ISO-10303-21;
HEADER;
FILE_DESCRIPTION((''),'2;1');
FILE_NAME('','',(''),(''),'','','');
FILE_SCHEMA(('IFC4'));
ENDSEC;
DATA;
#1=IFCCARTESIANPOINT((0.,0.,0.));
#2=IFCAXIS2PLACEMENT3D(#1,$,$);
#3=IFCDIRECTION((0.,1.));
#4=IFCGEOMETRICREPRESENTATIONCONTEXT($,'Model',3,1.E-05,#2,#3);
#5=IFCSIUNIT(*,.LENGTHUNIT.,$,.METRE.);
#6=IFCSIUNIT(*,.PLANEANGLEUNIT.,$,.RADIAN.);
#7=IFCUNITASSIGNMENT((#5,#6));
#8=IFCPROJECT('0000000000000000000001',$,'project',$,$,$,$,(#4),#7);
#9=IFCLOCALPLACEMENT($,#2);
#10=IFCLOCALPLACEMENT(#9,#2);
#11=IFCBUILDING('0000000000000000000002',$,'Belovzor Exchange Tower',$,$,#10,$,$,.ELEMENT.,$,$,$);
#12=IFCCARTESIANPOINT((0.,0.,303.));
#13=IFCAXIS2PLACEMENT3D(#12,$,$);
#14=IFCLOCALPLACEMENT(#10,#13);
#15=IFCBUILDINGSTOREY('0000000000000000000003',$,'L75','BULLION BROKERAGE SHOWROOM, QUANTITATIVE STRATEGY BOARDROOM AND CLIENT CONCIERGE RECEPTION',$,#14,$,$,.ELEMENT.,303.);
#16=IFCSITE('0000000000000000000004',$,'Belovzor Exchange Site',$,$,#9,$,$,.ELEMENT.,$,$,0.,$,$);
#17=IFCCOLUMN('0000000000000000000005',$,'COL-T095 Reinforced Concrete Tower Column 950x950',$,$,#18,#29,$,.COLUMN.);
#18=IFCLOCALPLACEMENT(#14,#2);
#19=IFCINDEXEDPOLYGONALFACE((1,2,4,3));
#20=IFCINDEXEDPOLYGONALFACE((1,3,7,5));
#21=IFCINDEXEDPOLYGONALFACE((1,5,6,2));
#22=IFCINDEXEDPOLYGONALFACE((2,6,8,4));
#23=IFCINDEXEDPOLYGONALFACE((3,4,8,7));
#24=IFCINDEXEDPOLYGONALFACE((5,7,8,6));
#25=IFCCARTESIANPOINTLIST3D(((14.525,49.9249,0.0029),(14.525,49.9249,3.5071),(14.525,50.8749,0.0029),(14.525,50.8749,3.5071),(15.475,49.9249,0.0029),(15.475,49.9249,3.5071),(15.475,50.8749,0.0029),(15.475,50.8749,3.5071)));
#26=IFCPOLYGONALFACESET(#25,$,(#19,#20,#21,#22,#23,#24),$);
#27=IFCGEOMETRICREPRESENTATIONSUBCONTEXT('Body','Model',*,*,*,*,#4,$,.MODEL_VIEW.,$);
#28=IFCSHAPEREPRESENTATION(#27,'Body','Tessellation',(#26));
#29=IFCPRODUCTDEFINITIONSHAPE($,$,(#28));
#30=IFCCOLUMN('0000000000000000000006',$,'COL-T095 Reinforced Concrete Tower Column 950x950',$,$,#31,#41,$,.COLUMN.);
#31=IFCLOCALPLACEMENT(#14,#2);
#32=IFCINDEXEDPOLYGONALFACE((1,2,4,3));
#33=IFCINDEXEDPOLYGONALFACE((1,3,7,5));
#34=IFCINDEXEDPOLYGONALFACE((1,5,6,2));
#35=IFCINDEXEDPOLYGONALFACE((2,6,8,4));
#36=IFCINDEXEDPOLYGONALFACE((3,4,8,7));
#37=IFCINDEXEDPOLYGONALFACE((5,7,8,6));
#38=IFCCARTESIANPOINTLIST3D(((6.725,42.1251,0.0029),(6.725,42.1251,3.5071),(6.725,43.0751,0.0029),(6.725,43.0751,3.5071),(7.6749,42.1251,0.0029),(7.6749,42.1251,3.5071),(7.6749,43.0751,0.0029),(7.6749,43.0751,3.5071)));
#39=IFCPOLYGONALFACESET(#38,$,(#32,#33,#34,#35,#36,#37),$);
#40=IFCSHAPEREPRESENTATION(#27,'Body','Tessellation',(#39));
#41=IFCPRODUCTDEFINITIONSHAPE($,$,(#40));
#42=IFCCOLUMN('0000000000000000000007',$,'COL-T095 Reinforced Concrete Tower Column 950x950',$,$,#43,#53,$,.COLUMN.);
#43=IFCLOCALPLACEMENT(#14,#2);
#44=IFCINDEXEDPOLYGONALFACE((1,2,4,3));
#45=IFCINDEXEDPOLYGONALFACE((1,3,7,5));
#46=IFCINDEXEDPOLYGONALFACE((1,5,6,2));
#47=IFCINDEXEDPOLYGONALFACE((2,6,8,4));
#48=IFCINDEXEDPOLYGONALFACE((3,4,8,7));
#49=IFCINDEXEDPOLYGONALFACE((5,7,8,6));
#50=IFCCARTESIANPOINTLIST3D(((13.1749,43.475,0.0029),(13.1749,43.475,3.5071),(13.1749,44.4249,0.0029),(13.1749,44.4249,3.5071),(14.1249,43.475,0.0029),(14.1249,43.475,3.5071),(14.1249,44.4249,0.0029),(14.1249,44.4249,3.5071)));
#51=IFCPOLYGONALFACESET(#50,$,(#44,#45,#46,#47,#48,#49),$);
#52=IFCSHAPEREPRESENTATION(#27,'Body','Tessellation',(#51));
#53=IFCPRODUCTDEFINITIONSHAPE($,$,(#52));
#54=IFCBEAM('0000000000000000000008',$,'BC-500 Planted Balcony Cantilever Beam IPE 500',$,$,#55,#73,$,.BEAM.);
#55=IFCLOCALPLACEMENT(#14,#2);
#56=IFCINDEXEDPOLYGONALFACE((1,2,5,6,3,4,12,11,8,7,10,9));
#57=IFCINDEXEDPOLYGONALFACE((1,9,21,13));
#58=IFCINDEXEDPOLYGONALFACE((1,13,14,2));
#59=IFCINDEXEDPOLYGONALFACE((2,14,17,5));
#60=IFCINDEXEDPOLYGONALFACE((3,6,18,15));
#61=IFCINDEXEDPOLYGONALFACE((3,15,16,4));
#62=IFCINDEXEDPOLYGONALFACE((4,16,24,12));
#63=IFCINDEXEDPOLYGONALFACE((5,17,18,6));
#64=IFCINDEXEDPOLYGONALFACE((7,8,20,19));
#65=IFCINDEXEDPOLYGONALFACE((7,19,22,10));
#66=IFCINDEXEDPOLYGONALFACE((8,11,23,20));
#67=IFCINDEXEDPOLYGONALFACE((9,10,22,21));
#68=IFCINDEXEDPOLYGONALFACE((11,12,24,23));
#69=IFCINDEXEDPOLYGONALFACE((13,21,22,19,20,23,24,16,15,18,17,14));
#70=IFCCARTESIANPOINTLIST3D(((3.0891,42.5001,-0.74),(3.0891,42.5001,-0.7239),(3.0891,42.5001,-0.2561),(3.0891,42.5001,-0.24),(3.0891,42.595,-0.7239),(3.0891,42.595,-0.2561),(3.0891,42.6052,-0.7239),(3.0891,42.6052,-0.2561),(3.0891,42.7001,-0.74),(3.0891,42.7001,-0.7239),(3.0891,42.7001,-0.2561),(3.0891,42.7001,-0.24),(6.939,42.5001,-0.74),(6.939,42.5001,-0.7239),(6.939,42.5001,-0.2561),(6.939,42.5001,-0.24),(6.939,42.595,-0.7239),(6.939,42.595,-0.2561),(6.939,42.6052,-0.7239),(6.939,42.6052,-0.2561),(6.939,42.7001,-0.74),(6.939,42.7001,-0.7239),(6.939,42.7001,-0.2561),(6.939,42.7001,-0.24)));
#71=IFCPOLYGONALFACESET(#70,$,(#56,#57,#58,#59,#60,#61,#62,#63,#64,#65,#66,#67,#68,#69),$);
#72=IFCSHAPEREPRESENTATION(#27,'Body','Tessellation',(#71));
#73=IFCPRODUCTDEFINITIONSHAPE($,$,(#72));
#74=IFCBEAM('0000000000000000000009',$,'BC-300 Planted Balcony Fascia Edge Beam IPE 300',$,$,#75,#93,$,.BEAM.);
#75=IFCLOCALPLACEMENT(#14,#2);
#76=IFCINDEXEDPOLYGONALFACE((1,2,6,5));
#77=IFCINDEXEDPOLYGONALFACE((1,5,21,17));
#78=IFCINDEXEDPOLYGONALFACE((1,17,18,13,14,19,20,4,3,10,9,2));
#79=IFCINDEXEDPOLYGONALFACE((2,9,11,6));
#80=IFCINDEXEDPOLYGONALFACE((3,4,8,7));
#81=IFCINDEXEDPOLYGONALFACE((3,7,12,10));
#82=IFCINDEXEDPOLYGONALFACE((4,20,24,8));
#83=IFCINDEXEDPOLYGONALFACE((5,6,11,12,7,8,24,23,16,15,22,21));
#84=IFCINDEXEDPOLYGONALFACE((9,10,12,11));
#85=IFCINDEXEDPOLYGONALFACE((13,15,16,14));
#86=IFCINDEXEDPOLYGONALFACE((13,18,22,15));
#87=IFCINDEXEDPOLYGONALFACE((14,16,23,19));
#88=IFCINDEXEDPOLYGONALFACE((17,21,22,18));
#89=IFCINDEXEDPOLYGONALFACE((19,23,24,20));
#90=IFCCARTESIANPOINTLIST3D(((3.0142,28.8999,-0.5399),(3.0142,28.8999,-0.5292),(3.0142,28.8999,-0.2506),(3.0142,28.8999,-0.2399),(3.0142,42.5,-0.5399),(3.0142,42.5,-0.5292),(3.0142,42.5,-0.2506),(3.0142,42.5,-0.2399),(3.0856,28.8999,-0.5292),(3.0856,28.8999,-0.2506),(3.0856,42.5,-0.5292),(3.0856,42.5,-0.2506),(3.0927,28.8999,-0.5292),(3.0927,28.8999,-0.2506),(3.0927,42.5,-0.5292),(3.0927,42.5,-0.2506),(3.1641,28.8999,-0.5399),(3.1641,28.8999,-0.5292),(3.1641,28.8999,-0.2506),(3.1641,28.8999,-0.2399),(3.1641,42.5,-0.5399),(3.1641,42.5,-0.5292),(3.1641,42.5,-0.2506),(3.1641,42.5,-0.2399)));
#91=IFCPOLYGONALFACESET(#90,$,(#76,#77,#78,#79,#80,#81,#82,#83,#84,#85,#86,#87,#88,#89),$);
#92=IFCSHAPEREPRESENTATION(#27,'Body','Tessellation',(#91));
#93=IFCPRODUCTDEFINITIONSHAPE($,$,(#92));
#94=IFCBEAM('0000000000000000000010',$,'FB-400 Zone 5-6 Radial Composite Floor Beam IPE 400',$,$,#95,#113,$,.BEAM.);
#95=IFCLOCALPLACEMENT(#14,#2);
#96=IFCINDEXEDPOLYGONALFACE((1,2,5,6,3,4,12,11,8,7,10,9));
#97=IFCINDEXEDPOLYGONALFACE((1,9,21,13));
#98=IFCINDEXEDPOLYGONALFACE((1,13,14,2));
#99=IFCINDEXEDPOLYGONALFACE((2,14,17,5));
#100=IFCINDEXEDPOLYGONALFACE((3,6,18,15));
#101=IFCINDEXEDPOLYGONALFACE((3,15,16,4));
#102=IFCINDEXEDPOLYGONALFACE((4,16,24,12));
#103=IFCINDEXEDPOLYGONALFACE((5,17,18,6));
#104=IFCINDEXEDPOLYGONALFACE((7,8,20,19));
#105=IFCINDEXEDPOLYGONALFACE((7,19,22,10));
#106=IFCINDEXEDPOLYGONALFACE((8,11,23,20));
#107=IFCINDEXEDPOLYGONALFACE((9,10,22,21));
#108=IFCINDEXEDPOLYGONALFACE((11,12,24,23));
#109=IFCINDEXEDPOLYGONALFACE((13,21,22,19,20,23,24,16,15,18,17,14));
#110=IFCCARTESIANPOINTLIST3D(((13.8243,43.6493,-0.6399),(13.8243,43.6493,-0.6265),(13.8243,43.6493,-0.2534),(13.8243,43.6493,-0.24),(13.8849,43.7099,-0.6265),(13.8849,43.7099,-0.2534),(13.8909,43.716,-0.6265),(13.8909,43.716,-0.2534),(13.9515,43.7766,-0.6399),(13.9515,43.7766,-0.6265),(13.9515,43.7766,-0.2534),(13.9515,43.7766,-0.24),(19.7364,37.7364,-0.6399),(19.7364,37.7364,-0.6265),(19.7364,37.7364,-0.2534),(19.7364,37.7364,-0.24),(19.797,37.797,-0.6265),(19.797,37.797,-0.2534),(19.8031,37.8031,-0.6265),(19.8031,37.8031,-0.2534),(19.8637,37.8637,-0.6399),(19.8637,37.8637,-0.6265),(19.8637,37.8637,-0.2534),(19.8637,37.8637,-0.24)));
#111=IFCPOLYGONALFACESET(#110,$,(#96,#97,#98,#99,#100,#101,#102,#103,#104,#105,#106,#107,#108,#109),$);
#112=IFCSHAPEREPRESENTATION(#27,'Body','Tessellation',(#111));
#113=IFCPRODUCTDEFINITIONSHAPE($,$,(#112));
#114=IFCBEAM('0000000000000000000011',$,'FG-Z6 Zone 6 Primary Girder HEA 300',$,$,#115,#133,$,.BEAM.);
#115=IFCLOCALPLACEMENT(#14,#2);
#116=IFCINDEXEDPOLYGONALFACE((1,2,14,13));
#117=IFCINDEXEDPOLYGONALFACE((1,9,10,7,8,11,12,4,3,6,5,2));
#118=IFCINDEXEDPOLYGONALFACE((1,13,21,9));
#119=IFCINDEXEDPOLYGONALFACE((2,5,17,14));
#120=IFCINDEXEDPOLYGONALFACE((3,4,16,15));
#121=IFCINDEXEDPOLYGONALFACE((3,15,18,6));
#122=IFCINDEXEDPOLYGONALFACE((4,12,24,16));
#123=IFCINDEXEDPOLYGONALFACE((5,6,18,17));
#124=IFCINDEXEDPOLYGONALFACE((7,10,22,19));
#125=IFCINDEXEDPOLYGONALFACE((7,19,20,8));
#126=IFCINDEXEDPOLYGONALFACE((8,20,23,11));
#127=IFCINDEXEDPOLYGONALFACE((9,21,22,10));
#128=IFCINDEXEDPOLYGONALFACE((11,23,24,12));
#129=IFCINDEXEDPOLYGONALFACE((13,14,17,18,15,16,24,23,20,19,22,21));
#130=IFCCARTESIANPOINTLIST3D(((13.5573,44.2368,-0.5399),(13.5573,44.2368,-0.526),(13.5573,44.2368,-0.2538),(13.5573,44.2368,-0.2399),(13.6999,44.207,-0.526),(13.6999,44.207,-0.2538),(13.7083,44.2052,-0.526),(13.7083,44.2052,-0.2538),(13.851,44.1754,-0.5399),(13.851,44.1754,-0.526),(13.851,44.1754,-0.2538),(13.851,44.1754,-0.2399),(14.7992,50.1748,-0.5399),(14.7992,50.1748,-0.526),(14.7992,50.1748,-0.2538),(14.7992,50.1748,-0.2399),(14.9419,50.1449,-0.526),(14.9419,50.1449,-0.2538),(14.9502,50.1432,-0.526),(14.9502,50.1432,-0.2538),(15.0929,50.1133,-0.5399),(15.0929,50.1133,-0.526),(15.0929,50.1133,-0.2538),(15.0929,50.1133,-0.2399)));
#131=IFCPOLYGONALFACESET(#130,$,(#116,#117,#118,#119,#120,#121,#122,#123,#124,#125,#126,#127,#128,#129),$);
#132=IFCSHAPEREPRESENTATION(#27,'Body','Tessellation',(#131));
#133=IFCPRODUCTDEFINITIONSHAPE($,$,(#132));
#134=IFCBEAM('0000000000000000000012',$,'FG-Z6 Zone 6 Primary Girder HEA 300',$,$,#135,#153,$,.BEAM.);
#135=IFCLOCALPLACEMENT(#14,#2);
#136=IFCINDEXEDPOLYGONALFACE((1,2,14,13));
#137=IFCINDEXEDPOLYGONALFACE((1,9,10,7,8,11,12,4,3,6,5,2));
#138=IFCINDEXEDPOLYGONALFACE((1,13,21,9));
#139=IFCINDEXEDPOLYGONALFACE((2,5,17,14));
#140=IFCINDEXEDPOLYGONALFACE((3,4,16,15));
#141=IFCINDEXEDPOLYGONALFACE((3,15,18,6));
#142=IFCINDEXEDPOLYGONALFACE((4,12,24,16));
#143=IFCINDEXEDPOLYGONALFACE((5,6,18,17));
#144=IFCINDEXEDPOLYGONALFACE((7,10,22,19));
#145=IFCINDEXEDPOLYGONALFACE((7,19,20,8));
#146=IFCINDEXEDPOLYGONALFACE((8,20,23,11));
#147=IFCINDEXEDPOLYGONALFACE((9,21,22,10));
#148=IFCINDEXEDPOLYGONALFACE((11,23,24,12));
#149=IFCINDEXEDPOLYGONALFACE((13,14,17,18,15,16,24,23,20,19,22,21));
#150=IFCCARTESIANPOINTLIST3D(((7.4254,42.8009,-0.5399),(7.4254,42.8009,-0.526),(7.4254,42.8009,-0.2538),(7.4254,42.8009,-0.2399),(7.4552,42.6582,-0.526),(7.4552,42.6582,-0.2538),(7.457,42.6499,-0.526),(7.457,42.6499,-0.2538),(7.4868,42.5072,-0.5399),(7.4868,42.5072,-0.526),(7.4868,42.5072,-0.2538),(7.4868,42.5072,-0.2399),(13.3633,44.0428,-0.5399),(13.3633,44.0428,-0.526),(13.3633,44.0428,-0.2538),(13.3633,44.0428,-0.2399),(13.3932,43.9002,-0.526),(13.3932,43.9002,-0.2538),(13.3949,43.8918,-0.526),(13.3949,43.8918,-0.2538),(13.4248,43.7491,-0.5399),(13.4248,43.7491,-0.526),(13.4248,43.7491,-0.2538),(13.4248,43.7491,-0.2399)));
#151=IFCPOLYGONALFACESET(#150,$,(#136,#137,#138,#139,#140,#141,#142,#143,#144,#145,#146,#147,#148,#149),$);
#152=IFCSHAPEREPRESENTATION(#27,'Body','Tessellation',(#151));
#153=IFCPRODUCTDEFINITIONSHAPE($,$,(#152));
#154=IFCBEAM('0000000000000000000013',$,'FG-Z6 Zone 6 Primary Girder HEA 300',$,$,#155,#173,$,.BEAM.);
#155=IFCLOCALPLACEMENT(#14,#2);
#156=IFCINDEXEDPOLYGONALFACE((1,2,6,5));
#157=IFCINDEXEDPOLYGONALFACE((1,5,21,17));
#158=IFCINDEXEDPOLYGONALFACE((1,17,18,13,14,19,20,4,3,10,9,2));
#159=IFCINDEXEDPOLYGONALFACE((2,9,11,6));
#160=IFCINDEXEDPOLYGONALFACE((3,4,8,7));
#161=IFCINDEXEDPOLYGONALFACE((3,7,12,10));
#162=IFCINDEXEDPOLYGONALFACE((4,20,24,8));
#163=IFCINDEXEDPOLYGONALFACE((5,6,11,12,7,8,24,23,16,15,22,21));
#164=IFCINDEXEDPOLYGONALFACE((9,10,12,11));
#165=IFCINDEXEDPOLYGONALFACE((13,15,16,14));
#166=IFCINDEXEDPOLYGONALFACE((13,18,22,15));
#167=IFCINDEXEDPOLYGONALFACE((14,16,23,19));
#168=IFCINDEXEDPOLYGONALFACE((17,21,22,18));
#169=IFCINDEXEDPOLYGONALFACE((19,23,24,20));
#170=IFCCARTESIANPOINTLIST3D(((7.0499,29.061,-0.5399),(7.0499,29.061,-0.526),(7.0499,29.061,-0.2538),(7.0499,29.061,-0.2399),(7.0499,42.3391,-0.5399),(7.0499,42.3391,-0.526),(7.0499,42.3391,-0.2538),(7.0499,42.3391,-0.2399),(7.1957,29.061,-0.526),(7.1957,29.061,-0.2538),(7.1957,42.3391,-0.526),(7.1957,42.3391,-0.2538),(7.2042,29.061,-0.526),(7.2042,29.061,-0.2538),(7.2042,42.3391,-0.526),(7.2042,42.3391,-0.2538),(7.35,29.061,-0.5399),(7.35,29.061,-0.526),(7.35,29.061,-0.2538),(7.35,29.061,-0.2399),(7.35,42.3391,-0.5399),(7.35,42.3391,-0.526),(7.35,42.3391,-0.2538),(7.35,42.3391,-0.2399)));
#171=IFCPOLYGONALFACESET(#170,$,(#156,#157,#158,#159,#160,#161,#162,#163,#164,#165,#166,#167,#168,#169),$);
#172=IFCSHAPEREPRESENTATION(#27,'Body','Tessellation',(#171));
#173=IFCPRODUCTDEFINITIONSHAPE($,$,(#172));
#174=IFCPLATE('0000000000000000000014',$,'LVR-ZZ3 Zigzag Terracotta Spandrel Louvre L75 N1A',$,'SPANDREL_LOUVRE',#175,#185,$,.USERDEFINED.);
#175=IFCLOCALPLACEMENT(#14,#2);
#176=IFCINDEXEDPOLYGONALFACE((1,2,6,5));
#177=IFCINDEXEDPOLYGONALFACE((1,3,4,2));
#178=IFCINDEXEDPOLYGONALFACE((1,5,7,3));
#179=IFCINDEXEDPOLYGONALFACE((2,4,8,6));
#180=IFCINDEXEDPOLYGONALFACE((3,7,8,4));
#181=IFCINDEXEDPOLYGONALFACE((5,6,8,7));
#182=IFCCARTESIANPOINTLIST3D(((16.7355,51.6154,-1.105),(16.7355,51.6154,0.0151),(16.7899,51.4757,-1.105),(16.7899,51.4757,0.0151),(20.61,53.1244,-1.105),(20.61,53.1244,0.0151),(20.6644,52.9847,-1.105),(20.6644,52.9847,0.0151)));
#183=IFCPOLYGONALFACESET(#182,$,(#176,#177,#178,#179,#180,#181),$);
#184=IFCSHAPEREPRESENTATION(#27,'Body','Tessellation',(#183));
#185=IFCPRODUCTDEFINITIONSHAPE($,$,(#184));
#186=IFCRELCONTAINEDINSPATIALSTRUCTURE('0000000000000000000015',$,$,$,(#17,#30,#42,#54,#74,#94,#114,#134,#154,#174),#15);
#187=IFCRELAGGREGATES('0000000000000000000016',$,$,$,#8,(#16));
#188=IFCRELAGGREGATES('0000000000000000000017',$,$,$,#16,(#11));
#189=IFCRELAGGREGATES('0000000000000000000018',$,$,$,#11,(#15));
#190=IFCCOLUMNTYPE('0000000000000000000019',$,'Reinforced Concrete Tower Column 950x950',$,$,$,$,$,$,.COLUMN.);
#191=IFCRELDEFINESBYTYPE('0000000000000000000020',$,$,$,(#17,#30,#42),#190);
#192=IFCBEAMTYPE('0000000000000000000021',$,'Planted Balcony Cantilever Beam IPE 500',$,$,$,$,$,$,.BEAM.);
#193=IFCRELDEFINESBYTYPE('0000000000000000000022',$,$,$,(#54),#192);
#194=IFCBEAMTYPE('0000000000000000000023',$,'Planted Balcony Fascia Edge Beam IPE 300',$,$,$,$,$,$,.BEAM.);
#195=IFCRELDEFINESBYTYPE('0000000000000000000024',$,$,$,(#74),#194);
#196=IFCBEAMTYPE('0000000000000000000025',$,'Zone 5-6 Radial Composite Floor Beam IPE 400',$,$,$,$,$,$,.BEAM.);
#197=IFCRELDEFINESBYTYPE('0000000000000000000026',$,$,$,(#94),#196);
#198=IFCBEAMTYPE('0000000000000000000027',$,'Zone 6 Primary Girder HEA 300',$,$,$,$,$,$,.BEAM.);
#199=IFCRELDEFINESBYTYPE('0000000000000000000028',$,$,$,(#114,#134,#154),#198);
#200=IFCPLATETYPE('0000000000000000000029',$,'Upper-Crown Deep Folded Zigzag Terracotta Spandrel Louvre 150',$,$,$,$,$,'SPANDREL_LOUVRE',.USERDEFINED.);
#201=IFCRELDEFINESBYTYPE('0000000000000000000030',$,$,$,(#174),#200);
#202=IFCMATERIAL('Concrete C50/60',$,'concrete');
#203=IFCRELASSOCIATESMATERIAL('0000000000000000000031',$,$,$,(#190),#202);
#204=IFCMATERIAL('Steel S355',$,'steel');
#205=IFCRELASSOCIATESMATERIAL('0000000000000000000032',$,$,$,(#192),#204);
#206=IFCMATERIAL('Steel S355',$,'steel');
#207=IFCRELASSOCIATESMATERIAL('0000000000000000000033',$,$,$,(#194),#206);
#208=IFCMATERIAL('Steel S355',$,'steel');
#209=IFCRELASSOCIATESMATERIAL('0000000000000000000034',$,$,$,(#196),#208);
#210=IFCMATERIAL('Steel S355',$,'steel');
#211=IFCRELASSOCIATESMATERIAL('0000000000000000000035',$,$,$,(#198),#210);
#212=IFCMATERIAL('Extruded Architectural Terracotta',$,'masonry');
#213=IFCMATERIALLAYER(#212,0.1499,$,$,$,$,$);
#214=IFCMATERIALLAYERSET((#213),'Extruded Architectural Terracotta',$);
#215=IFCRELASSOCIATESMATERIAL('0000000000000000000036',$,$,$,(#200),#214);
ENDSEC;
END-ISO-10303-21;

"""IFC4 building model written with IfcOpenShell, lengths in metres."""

from ifc_helpers import new_model, si_unit, direction, frame, origin, origin_2d, place, context, subcontext, project, spatial, rectangle, i_section, extrude, material, layer, layer_set, material_profile, profile_set, type_object, element, save


model = new_model("IFC4")

# Units and contexts
model_context = context("Model", 3, precision=1e-05, world=origin(), true_north=direction((0.0, 1.0)))
body_context = subcontext(model_context, "Body", "Model", "MODEL_VIEW")
ifc_project = project(units=[si_unit("LENGTHUNIT", "METRE"), si_unit("PLANEANGLEUNIT", "RADIAN")], contexts=[model_context])

# Site, building, storey
site_placement = place(None, origin())
site = spatial("IfcSite", under=ifc_project, at=site_placement, Name="Belovzor Exchange Site", CompositionType="ELEMENT", RefElevation=0.0)
building_placement = place(site_placement, origin())
building = spatial("IfcBuilding", under=site, at=building_placement, Name="Belovzor Exchange Tower", CompositionType="ELEMENT")
storey_placement = place(building_placement, frame((0.0, 0.0, 303.0)))
storey = spatial("IfcBuildingStorey", under=building, at=storey_placement, Name="L75", Description="BULLION BROKERAGE SHOWROOM, QUANTITATIVE STRATEGY BOARDROOM AND CLIENT CONCIERGE RECEPTION", CompositionType="ELEMENT", Elevation=303.0)

# Columns
ifc_material_1 = material(Name="Concrete C50/60", Category="concrete")
ifc_material_profile_1 = material_profile(ifc_material_1, rectangle(XDim=0.95, YDim=0.95, at=origin_2d()))
ifc_profile_set_1 = profile_set([ifc_material_profile_1], Name="Concrete C50/60")
column_type = type_object("IfcColumnType", Name="Reinforced Concrete Tower Column 950x950", PredefinedType="COLUMN", material=ifc_profile_set_1)
for number, where, z_axis, x_axis, name in (
    (1, (15.0, 50.3999, 0.0029), (0.0, 0.0, 1.0), (1.0, 0.0, 0.0), "COL-T095 Reinforced Concrete Tower Column 950x950"),
    (2, (7.2, 42.6001, 0.0029), (0.0, 0.0, 1.0), (1.0, 0.0, 0.0), "COL-T095 Reinforced Concrete Tower Column 950x950"),
    (3, (13.6499, 43.95, 0.0029), (0.0, 0.0, 1.0), (1.0, 0.0, 0.0), "COL-T095 Reinforced Concrete Tower Column 950x950"),
):
    element("IfcColumn", number, at=place(storey_placement, frame(where, z_axis=z_axis, x_axis=x_axis)), inside=storey, type_object=column_type, Name=name, PredefinedType="COLUMN", context=body_context, shape_type="SweptSolid", body=[
        extrude(rectangle(XDim=0.95, YDim=0.95, at=origin_2d()), origin(), (0.0, 0.0, 1.0), 3.5042),
    ])

# Beams
ifc_material_2 = material(Name="Steel S355", Category="steel")
ifc_material_profile_2 = material_profile(ifc_material_2, i_section(OverallWidth=0.2, OverallDepth=0.5, WebThickness=0.0103, FlangeThickness=0.0161, at=origin_2d()))
ifc_profile_set_2 = profile_set([ifc_material_profile_2], Name="Steel S355")
beam_type_1 = type_object("IfcBeamType", Name="Planted Balcony Cantilever Beam IPE 500", PredefinedType="BEAM", material=ifc_profile_set_2)
beam_1_placement = place(storey_placement, frame((6.939, 42.6001, -0.49), z_axis=(-1.0, 0.0, 0.0), x_axis=(0.0, -1.0, 0.0)))
element("IfcBeam", 4, at=beam_1_placement, inside=storey, type_object=beam_type_1, Name="BC-500 Planted Balcony Cantilever Beam IPE 500", PredefinedType="BEAM", context=body_context, shape_type="SweptSolid", body=[
    extrude(i_section(OverallWidth=0.2, OverallDepth=0.5, WebThickness=0.0103, FlangeThickness=0.0161, at=origin_2d()), origin(), (0.0, 0.0, 1.0), 3.8499),
])
ifc_material_3 = material(Name="Steel S355", Category="steel")
ifc_material_profile_3 = material_profile(ifc_material_3, i_section(OverallWidth=0.1499, OverallDepth=0.3, WebThickness=0.0071, FlangeThickness=0.0107, at=origin_2d()))
ifc_profile_set_3 = profile_set([ifc_material_profile_3], Name="Steel S355")
beam_type_2 = type_object("IfcBeamType", Name="Planted Balcony Fascia Edge Beam IPE 300", PredefinedType="BEAM", material=ifc_profile_set_3)
beam_2_placement = place(storey_placement, frame((3.0891, 42.5, -0.3899), z_axis=(0.0, -1.0, 0.0), x_axis=(1.0, 0.0, 0.0)))
element("IfcBeam", 5, at=beam_2_placement, inside=storey, type_object=beam_type_2, Name="BC-300 Planted Balcony Fascia Edge Beam IPE 300", PredefinedType="BEAM", context=body_context, shape_type="SweptSolid", body=[
    extrude(i_section(OverallWidth=0.1499, OverallDepth=0.3, WebThickness=0.0071, FlangeThickness=0.0107, at=origin_2d()), origin(), (0.0, 0.0, 1.0), 13.6001),
])
ifc_material_4 = material(Name="Steel S355", Category="steel")
ifc_material_profile_4 = material_profile(ifc_material_4, i_section(OverallWidth=0.1799, OverallDepth=0.3999, WebThickness=0.0085, FlangeThickness=0.0134, at=origin_2d()))
ifc_profile_set_4 = profile_set([ifc_material_profile_4], Name="Steel S355")
beam_type_3 = type_object("IfcBeamType", Name="Zone 5-6 Radial Composite Floor Beam IPE 400", PredefinedType="BEAM", material=ifc_profile_set_4)
beam_3_placement = place(storey_placement, frame((19.8, 37.8, -0.4399), z_axis=(-0.707063, 0.707151, 0.0), x_axis=(-0.707151, -0.707063, 0.0)))
element("IfcBeam", 6, at=beam_3_placement, inside=storey, type_object=beam_type_3, Name="FB-400 Zone 5-6 Radial Composite Floor Beam IPE 400", PredefinedType="BEAM", context=body_context, shape_type="SweptSolid", body=[
    extrude(i_section(OverallWidth=0.1799, OverallDepth=0.3999, WebThickness=0.0085, FlangeThickness=0.0134, at=origin_2d()), origin(), (0.0, 0.0, 1.0), 8.3616),
])
ifc_material_5 = material(Name="Steel S355", Category="steel")
ifc_material_profile_5 = material_profile(ifc_material_5, i_section(OverallWidth=0.3, OverallDepth=0.3, WebThickness=0.0085, FlangeThickness=0.0139, at=origin_2d()))
ifc_profile_set_5 = profile_set([ifc_material_profile_5], Name="Steel S355")
beam_type_4 = type_object("IfcBeamType", Name="Zone 6 Primary Girder HEA 300", PredefinedType="BEAM", material=ifc_profile_set_5)
for number, where, z_axis, x_axis, name in (
    (7, (14.946, 50.144, -0.3899), (-0.204722, -0.97882, 0.0), (0.97882, -0.204722, 0.0), "FG-Z6 Zone 6 Primary Girder HEA 300"),
    (8, (13.394, 43.896, -0.3899), (-0.97882, -0.204722, 0.0), (0.204722, -0.97882, 0.0), "FG-Z6 Zone 6 Primary Girder HEA 300"),
):
    element("IfcBeam", number, at=place(storey_placement, frame(where, z_axis=z_axis, x_axis=x_axis)), inside=storey, type_object=beam_type_4, Name=name, PredefinedType="BEAM", context=body_context, shape_type="SweptSolid", body=[
        extrude(i_section(OverallWidth=0.3, OverallDepth=0.3, WebThickness=0.0085, FlangeThickness=0.0139, at=origin_2d()), origin(), (0.0, 0.0, 1.0), 6.0664),
    ])
beam_4_placement = place(storey_placement, frame((7.2, 42.3391, -0.3899), z_axis=(0.0, -1.0, 0.0), x_axis=(1.0, 0.0, 0.0)))
element("IfcBeam", 9, at=beam_4_placement, inside=storey, type_object=beam_type_4, Name="FG-Z6 Zone 6 Primary Girder HEA 300", PredefinedType="BEAM", context=body_context, shape_type="SweptSolid", body=[
    extrude(i_section(OverallWidth=0.3, OverallDepth=0.3, WebThickness=0.0085, FlangeThickness=0.0139, at=origin_2d()), origin(), (0.0, 0.0, 1.0), 13.2781),
])

# Plate
ifc_material_6 = material(Name="Extruded Architectural Terracotta", Category="masonry")
ifc_layer_1 = layer(ifc_material_6, 0.1499)
ifc_layer_set_1 = layer_set([ifc_layer_1], Name="Extruded Architectural Terracotta")
plate_type = type_object("IfcPlateType", Name="Upper-Crown Deep Folded Zigzag Terracotta Spandrel Louvre 150", ElementType="SPANDREL_LOUVRE", PredefinedType="USERDEFINED", material=ifc_layer_set_1)
plate_placement = place(storey_placement, frame((18.7, 52.3, -1.105), z_axis=(0.0, 0.0, 1.0), x_axis=(0.931818, 0.362926, 0.0)))
element("IfcPlate", 10, at=plate_placement, inside=storey, type_object=plate_type, Name="LVR-ZZ3 Zigzag Terracotta Spandrel Louvre L75 N1A", ObjectType="SPANDREL_LOUVRE", PredefinedType="USERDEFINED", context=body_context, shape_type="SweptSolid", body=[
    extrude(rectangle(XDim=4.158, YDim=0.1499, at=origin_2d()), origin(), (0.0, 0.0, 1.0), 1.1201),
])

save(model, "model.ifc")
